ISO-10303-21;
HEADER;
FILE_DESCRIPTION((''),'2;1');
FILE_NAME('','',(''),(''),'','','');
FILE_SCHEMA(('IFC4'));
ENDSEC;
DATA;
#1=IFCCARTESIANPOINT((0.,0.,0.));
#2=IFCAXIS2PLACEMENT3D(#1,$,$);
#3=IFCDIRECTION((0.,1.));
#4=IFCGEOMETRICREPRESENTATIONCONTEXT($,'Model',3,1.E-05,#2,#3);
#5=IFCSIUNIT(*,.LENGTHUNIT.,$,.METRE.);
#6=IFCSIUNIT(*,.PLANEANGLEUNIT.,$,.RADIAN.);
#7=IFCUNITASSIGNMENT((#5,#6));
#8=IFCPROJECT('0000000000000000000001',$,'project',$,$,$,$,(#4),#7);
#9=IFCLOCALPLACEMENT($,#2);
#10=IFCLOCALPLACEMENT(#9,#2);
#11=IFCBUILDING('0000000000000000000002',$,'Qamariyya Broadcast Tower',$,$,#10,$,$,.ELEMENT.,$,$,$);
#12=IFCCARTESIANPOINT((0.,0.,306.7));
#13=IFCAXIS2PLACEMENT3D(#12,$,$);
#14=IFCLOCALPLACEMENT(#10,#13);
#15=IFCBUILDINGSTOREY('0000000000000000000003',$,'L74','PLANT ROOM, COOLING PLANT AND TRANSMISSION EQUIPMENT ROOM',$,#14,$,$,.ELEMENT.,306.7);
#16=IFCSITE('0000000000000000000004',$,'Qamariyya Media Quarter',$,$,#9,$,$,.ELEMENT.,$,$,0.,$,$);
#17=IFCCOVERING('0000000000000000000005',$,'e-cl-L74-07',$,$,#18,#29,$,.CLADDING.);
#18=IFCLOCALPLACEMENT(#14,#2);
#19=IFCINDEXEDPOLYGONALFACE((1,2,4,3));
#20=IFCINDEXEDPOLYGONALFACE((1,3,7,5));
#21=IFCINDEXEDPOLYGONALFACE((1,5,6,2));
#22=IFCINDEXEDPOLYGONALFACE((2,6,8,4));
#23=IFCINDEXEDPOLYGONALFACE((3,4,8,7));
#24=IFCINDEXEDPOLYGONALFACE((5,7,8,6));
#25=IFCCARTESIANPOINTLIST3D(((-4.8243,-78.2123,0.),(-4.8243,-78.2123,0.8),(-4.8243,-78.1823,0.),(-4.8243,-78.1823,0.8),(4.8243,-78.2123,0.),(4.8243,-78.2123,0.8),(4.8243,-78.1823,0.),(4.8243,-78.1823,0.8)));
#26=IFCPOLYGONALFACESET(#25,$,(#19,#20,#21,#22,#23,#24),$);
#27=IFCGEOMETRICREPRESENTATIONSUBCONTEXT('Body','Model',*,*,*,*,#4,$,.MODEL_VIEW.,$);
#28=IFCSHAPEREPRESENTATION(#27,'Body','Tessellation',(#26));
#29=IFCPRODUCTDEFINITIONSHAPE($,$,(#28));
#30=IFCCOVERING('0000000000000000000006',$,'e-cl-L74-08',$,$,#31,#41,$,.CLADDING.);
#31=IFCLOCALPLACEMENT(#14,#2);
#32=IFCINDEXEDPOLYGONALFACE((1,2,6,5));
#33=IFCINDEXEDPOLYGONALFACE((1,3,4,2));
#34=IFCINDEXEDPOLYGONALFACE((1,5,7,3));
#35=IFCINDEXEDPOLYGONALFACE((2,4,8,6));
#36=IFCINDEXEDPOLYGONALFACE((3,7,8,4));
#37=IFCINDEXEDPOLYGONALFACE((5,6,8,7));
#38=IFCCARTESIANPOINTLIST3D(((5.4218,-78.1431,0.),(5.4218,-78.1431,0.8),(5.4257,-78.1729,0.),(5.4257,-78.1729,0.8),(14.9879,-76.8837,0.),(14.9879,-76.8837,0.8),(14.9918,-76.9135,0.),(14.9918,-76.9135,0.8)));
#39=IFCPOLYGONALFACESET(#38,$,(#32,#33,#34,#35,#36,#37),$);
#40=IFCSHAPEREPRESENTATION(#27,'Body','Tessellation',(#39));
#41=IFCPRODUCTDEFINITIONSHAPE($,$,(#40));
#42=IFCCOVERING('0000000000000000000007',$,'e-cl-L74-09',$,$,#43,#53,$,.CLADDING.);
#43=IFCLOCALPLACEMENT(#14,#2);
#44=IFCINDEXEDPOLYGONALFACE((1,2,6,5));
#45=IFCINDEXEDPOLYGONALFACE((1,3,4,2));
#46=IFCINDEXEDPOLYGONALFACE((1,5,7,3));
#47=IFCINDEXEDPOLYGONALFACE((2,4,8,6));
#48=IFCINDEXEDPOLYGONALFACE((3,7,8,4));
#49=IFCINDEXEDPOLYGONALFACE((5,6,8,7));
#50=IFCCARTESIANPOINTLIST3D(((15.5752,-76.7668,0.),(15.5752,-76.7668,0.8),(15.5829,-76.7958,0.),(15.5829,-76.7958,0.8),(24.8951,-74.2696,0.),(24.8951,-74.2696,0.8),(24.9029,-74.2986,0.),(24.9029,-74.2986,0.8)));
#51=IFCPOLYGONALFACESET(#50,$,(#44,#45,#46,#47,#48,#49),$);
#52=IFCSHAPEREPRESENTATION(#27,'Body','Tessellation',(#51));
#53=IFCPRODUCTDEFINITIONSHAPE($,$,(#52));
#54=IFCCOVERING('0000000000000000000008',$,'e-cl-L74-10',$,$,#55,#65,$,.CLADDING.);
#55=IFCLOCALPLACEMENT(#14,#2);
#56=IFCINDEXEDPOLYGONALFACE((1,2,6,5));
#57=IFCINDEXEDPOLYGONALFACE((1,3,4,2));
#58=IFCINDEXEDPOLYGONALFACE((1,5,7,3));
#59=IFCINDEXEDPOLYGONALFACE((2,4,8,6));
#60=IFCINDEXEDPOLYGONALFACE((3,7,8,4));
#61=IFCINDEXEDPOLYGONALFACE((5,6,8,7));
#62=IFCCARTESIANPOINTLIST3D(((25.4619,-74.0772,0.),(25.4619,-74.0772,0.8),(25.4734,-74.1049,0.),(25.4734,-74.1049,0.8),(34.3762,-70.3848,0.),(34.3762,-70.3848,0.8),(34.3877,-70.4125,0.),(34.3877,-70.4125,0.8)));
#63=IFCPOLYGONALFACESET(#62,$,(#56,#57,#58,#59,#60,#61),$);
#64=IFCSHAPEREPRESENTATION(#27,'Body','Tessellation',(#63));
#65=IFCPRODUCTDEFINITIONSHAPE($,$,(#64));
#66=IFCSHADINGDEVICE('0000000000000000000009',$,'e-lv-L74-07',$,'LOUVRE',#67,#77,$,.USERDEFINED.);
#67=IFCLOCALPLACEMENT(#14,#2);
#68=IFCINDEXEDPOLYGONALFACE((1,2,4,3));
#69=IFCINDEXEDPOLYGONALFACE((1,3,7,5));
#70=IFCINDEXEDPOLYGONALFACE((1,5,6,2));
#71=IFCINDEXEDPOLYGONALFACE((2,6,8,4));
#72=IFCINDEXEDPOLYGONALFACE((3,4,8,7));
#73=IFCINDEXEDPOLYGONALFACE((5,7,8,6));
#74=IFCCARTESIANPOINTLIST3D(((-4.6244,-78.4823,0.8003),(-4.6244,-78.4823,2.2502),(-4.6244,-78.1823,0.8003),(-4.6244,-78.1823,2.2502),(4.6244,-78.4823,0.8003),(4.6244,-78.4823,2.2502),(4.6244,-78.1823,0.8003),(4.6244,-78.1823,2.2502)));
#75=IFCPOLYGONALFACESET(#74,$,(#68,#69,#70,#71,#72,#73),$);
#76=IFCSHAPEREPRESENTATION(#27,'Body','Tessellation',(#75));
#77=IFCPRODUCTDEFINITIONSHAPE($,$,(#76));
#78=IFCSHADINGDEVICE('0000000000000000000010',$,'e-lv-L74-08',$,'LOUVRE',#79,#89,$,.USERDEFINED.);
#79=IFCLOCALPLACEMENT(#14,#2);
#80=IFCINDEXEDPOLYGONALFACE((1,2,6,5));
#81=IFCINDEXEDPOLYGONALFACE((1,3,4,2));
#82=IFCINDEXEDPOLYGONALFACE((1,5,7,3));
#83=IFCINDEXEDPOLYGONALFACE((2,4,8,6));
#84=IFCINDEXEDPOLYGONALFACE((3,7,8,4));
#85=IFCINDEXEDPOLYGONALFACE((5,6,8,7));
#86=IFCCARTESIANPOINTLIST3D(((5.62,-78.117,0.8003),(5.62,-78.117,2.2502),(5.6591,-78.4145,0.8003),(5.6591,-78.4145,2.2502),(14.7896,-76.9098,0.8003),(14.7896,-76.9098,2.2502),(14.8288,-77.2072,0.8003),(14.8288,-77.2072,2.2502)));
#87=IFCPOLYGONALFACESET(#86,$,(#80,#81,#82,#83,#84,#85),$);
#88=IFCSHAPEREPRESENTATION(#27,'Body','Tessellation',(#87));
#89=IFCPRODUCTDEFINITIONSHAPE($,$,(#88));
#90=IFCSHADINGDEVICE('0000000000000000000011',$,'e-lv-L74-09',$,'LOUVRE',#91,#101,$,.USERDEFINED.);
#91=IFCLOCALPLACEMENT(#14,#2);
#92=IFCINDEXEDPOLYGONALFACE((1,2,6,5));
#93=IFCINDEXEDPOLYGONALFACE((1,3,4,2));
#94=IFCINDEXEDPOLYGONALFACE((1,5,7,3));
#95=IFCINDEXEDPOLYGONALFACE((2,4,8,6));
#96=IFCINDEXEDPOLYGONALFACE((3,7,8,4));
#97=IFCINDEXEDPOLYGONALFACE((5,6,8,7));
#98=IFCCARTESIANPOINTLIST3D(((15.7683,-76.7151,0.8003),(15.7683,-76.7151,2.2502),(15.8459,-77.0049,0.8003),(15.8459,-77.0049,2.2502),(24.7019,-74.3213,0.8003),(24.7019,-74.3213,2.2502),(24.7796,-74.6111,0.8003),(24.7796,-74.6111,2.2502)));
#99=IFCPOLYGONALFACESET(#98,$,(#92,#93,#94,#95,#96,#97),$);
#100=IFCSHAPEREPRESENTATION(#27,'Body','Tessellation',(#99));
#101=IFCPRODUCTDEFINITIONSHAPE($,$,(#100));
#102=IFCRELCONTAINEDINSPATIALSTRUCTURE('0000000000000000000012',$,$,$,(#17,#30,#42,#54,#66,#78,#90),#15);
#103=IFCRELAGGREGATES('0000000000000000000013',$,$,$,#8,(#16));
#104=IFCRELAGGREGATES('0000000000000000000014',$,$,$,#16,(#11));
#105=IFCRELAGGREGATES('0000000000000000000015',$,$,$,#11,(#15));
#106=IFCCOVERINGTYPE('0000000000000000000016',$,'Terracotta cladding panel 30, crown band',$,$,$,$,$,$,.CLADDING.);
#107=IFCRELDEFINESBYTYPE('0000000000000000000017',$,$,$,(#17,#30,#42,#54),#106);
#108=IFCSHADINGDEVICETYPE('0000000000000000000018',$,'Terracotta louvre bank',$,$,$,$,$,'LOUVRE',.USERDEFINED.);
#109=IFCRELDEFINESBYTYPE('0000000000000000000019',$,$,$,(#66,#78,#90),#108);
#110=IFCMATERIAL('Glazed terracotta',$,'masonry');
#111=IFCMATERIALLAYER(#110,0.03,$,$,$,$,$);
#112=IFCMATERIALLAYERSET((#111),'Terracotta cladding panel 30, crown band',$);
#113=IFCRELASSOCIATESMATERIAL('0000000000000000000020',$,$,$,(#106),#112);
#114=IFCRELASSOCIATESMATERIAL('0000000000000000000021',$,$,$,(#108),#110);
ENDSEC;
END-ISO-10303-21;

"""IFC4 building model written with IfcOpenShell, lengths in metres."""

from ifc_helpers import new_model, si_unit, direction, frame, origin, origin_2d, place, context, subcontext, project, spatial, rectangle, extrude, material, layer, layer_set, type_object, element, save


model = new_model("IFC4")

# Units and contexts
model_context = context("Model", 3, precision=1e-05, world=origin(), true_north=direction((0.0, 1.0)))
body_context = subcontext(model_context, "Body", "Model", "MODEL_VIEW")
ifc_project = project(units=[si_unit("LENGTHUNIT", "METRE"), si_unit("PLANEANGLEUNIT", "RADIAN")], contexts=[model_context])

# Site, building, storey
site_placement = place(None, origin())
site = spatial("IfcSite", under=ifc_project, at=site_placement, Name="Qamariyya Media Quarter", CompositionType="ELEMENT", RefElevation=0.0)
building_placement = place(site_placement, origin())
building = spatial("IfcBuilding", under=site, at=building_placement, Name="Qamariyya Broadcast Tower", CompositionType="ELEMENT")
storey_placement = place(building_placement, frame((0.0, 0.0, 306.7)))
storey = spatial("IfcBuildingStorey", under=building, at=storey_placement, Name="L74", Description="PLANT ROOM, COOLING PLANT AND TRANSMISSION EQUIPMENT ROOM", CompositionType="ELEMENT", Elevation=306.7)

# Coverings
ifc_material_1 = material(Name="Glazed terracotta", Category="masonry")
ifc_layer_1 = layer(ifc_material_1, 0.03)
ifc_layer_set_1 = layer_set([ifc_layer_1], Name="Terracotta cladding panel 30, crown band")
covering_type = type_object("IfcCoveringType", Name="Terracotta cladding panel 30, crown band", PredefinedType="CLADDING", material=ifc_layer_set_1)
for number, where, z_axis, x_axis, name in (
    (1, (0.0, -78.1973, 0.0), (0.0, 0.0, 1.0), (1.0, 0.0, 0.0), "e-cl-L74-07"),
    (2, (10.2068, -77.5283, 0.0), (0.0, 0.0, 1.0), (0.991445, 0.130526, 0.0), "e-cl-L74-08"),
    (3, (20.239, -75.5327, 0.0), (0.0, 0.0, 1.0), (0.965926, 0.258819, 0.0), "e-cl-L74-09"),
    (4, (29.9248, -72.2449, 0.0), (0.0, 0.0, 1.0), (0.92388, 0.382683, 0.0), "e-cl-L74-10"),
):
    element("IfcCovering", number, at=place(storey_placement, frame(where, z_axis=z_axis, x_axis=x_axis)), inside=storey, type_object=covering_type, Name=name, PredefinedType="CLADDING", context=body_context, shape_type="SweptSolid", body=[
        extrude(rectangle(XDim=9.6487, YDim=0.03, at=origin_2d()), origin(), (0.0, 0.0, 1.0), 0.8),
    ])

# Shading devices
shading_device_type = type_object("IfcShadingDeviceType", Name="Terracotta louvre bank", ElementType="LOUVRE", PredefinedType="USERDEFINED", material=ifc_material_1)
for number, where, z_axis, x_axis, name in (
    (5, (0.0, -78.3323, 0.8003), (0.0, 0.0, 1.0), (1.0, 0.0, 0.0), "e-lv-L74-07"),
    (6, (10.2244, -77.6621, 0.8003), (0.0, 0.0, 1.0), (0.991445, 0.130526, 0.0), "e-lv-L74-08"),
    (7, (20.2739, -75.6631, 0.8003), (0.0, 0.0, 1.0), (0.965926, 0.258819, 0.0), "e-lv-L74-09"),
):
    element("IfcShadingDevice", number, at=place(storey_placement, frame(where, z_axis=z_axis, x_axis=x_axis)), inside=storey, type_object=shading_device_type, Name=name, ObjectType="LOUVRE", PredefinedType="USERDEFINED", context=body_context, shape_type="SweptSolid", body=[
        extrude(rectangle(XDim=9.2488, YDim=0.3, at=origin_2d()), origin(), (0.0, 0.0, 1.0), 1.45),
    ])

save(model, "model.ifc")
